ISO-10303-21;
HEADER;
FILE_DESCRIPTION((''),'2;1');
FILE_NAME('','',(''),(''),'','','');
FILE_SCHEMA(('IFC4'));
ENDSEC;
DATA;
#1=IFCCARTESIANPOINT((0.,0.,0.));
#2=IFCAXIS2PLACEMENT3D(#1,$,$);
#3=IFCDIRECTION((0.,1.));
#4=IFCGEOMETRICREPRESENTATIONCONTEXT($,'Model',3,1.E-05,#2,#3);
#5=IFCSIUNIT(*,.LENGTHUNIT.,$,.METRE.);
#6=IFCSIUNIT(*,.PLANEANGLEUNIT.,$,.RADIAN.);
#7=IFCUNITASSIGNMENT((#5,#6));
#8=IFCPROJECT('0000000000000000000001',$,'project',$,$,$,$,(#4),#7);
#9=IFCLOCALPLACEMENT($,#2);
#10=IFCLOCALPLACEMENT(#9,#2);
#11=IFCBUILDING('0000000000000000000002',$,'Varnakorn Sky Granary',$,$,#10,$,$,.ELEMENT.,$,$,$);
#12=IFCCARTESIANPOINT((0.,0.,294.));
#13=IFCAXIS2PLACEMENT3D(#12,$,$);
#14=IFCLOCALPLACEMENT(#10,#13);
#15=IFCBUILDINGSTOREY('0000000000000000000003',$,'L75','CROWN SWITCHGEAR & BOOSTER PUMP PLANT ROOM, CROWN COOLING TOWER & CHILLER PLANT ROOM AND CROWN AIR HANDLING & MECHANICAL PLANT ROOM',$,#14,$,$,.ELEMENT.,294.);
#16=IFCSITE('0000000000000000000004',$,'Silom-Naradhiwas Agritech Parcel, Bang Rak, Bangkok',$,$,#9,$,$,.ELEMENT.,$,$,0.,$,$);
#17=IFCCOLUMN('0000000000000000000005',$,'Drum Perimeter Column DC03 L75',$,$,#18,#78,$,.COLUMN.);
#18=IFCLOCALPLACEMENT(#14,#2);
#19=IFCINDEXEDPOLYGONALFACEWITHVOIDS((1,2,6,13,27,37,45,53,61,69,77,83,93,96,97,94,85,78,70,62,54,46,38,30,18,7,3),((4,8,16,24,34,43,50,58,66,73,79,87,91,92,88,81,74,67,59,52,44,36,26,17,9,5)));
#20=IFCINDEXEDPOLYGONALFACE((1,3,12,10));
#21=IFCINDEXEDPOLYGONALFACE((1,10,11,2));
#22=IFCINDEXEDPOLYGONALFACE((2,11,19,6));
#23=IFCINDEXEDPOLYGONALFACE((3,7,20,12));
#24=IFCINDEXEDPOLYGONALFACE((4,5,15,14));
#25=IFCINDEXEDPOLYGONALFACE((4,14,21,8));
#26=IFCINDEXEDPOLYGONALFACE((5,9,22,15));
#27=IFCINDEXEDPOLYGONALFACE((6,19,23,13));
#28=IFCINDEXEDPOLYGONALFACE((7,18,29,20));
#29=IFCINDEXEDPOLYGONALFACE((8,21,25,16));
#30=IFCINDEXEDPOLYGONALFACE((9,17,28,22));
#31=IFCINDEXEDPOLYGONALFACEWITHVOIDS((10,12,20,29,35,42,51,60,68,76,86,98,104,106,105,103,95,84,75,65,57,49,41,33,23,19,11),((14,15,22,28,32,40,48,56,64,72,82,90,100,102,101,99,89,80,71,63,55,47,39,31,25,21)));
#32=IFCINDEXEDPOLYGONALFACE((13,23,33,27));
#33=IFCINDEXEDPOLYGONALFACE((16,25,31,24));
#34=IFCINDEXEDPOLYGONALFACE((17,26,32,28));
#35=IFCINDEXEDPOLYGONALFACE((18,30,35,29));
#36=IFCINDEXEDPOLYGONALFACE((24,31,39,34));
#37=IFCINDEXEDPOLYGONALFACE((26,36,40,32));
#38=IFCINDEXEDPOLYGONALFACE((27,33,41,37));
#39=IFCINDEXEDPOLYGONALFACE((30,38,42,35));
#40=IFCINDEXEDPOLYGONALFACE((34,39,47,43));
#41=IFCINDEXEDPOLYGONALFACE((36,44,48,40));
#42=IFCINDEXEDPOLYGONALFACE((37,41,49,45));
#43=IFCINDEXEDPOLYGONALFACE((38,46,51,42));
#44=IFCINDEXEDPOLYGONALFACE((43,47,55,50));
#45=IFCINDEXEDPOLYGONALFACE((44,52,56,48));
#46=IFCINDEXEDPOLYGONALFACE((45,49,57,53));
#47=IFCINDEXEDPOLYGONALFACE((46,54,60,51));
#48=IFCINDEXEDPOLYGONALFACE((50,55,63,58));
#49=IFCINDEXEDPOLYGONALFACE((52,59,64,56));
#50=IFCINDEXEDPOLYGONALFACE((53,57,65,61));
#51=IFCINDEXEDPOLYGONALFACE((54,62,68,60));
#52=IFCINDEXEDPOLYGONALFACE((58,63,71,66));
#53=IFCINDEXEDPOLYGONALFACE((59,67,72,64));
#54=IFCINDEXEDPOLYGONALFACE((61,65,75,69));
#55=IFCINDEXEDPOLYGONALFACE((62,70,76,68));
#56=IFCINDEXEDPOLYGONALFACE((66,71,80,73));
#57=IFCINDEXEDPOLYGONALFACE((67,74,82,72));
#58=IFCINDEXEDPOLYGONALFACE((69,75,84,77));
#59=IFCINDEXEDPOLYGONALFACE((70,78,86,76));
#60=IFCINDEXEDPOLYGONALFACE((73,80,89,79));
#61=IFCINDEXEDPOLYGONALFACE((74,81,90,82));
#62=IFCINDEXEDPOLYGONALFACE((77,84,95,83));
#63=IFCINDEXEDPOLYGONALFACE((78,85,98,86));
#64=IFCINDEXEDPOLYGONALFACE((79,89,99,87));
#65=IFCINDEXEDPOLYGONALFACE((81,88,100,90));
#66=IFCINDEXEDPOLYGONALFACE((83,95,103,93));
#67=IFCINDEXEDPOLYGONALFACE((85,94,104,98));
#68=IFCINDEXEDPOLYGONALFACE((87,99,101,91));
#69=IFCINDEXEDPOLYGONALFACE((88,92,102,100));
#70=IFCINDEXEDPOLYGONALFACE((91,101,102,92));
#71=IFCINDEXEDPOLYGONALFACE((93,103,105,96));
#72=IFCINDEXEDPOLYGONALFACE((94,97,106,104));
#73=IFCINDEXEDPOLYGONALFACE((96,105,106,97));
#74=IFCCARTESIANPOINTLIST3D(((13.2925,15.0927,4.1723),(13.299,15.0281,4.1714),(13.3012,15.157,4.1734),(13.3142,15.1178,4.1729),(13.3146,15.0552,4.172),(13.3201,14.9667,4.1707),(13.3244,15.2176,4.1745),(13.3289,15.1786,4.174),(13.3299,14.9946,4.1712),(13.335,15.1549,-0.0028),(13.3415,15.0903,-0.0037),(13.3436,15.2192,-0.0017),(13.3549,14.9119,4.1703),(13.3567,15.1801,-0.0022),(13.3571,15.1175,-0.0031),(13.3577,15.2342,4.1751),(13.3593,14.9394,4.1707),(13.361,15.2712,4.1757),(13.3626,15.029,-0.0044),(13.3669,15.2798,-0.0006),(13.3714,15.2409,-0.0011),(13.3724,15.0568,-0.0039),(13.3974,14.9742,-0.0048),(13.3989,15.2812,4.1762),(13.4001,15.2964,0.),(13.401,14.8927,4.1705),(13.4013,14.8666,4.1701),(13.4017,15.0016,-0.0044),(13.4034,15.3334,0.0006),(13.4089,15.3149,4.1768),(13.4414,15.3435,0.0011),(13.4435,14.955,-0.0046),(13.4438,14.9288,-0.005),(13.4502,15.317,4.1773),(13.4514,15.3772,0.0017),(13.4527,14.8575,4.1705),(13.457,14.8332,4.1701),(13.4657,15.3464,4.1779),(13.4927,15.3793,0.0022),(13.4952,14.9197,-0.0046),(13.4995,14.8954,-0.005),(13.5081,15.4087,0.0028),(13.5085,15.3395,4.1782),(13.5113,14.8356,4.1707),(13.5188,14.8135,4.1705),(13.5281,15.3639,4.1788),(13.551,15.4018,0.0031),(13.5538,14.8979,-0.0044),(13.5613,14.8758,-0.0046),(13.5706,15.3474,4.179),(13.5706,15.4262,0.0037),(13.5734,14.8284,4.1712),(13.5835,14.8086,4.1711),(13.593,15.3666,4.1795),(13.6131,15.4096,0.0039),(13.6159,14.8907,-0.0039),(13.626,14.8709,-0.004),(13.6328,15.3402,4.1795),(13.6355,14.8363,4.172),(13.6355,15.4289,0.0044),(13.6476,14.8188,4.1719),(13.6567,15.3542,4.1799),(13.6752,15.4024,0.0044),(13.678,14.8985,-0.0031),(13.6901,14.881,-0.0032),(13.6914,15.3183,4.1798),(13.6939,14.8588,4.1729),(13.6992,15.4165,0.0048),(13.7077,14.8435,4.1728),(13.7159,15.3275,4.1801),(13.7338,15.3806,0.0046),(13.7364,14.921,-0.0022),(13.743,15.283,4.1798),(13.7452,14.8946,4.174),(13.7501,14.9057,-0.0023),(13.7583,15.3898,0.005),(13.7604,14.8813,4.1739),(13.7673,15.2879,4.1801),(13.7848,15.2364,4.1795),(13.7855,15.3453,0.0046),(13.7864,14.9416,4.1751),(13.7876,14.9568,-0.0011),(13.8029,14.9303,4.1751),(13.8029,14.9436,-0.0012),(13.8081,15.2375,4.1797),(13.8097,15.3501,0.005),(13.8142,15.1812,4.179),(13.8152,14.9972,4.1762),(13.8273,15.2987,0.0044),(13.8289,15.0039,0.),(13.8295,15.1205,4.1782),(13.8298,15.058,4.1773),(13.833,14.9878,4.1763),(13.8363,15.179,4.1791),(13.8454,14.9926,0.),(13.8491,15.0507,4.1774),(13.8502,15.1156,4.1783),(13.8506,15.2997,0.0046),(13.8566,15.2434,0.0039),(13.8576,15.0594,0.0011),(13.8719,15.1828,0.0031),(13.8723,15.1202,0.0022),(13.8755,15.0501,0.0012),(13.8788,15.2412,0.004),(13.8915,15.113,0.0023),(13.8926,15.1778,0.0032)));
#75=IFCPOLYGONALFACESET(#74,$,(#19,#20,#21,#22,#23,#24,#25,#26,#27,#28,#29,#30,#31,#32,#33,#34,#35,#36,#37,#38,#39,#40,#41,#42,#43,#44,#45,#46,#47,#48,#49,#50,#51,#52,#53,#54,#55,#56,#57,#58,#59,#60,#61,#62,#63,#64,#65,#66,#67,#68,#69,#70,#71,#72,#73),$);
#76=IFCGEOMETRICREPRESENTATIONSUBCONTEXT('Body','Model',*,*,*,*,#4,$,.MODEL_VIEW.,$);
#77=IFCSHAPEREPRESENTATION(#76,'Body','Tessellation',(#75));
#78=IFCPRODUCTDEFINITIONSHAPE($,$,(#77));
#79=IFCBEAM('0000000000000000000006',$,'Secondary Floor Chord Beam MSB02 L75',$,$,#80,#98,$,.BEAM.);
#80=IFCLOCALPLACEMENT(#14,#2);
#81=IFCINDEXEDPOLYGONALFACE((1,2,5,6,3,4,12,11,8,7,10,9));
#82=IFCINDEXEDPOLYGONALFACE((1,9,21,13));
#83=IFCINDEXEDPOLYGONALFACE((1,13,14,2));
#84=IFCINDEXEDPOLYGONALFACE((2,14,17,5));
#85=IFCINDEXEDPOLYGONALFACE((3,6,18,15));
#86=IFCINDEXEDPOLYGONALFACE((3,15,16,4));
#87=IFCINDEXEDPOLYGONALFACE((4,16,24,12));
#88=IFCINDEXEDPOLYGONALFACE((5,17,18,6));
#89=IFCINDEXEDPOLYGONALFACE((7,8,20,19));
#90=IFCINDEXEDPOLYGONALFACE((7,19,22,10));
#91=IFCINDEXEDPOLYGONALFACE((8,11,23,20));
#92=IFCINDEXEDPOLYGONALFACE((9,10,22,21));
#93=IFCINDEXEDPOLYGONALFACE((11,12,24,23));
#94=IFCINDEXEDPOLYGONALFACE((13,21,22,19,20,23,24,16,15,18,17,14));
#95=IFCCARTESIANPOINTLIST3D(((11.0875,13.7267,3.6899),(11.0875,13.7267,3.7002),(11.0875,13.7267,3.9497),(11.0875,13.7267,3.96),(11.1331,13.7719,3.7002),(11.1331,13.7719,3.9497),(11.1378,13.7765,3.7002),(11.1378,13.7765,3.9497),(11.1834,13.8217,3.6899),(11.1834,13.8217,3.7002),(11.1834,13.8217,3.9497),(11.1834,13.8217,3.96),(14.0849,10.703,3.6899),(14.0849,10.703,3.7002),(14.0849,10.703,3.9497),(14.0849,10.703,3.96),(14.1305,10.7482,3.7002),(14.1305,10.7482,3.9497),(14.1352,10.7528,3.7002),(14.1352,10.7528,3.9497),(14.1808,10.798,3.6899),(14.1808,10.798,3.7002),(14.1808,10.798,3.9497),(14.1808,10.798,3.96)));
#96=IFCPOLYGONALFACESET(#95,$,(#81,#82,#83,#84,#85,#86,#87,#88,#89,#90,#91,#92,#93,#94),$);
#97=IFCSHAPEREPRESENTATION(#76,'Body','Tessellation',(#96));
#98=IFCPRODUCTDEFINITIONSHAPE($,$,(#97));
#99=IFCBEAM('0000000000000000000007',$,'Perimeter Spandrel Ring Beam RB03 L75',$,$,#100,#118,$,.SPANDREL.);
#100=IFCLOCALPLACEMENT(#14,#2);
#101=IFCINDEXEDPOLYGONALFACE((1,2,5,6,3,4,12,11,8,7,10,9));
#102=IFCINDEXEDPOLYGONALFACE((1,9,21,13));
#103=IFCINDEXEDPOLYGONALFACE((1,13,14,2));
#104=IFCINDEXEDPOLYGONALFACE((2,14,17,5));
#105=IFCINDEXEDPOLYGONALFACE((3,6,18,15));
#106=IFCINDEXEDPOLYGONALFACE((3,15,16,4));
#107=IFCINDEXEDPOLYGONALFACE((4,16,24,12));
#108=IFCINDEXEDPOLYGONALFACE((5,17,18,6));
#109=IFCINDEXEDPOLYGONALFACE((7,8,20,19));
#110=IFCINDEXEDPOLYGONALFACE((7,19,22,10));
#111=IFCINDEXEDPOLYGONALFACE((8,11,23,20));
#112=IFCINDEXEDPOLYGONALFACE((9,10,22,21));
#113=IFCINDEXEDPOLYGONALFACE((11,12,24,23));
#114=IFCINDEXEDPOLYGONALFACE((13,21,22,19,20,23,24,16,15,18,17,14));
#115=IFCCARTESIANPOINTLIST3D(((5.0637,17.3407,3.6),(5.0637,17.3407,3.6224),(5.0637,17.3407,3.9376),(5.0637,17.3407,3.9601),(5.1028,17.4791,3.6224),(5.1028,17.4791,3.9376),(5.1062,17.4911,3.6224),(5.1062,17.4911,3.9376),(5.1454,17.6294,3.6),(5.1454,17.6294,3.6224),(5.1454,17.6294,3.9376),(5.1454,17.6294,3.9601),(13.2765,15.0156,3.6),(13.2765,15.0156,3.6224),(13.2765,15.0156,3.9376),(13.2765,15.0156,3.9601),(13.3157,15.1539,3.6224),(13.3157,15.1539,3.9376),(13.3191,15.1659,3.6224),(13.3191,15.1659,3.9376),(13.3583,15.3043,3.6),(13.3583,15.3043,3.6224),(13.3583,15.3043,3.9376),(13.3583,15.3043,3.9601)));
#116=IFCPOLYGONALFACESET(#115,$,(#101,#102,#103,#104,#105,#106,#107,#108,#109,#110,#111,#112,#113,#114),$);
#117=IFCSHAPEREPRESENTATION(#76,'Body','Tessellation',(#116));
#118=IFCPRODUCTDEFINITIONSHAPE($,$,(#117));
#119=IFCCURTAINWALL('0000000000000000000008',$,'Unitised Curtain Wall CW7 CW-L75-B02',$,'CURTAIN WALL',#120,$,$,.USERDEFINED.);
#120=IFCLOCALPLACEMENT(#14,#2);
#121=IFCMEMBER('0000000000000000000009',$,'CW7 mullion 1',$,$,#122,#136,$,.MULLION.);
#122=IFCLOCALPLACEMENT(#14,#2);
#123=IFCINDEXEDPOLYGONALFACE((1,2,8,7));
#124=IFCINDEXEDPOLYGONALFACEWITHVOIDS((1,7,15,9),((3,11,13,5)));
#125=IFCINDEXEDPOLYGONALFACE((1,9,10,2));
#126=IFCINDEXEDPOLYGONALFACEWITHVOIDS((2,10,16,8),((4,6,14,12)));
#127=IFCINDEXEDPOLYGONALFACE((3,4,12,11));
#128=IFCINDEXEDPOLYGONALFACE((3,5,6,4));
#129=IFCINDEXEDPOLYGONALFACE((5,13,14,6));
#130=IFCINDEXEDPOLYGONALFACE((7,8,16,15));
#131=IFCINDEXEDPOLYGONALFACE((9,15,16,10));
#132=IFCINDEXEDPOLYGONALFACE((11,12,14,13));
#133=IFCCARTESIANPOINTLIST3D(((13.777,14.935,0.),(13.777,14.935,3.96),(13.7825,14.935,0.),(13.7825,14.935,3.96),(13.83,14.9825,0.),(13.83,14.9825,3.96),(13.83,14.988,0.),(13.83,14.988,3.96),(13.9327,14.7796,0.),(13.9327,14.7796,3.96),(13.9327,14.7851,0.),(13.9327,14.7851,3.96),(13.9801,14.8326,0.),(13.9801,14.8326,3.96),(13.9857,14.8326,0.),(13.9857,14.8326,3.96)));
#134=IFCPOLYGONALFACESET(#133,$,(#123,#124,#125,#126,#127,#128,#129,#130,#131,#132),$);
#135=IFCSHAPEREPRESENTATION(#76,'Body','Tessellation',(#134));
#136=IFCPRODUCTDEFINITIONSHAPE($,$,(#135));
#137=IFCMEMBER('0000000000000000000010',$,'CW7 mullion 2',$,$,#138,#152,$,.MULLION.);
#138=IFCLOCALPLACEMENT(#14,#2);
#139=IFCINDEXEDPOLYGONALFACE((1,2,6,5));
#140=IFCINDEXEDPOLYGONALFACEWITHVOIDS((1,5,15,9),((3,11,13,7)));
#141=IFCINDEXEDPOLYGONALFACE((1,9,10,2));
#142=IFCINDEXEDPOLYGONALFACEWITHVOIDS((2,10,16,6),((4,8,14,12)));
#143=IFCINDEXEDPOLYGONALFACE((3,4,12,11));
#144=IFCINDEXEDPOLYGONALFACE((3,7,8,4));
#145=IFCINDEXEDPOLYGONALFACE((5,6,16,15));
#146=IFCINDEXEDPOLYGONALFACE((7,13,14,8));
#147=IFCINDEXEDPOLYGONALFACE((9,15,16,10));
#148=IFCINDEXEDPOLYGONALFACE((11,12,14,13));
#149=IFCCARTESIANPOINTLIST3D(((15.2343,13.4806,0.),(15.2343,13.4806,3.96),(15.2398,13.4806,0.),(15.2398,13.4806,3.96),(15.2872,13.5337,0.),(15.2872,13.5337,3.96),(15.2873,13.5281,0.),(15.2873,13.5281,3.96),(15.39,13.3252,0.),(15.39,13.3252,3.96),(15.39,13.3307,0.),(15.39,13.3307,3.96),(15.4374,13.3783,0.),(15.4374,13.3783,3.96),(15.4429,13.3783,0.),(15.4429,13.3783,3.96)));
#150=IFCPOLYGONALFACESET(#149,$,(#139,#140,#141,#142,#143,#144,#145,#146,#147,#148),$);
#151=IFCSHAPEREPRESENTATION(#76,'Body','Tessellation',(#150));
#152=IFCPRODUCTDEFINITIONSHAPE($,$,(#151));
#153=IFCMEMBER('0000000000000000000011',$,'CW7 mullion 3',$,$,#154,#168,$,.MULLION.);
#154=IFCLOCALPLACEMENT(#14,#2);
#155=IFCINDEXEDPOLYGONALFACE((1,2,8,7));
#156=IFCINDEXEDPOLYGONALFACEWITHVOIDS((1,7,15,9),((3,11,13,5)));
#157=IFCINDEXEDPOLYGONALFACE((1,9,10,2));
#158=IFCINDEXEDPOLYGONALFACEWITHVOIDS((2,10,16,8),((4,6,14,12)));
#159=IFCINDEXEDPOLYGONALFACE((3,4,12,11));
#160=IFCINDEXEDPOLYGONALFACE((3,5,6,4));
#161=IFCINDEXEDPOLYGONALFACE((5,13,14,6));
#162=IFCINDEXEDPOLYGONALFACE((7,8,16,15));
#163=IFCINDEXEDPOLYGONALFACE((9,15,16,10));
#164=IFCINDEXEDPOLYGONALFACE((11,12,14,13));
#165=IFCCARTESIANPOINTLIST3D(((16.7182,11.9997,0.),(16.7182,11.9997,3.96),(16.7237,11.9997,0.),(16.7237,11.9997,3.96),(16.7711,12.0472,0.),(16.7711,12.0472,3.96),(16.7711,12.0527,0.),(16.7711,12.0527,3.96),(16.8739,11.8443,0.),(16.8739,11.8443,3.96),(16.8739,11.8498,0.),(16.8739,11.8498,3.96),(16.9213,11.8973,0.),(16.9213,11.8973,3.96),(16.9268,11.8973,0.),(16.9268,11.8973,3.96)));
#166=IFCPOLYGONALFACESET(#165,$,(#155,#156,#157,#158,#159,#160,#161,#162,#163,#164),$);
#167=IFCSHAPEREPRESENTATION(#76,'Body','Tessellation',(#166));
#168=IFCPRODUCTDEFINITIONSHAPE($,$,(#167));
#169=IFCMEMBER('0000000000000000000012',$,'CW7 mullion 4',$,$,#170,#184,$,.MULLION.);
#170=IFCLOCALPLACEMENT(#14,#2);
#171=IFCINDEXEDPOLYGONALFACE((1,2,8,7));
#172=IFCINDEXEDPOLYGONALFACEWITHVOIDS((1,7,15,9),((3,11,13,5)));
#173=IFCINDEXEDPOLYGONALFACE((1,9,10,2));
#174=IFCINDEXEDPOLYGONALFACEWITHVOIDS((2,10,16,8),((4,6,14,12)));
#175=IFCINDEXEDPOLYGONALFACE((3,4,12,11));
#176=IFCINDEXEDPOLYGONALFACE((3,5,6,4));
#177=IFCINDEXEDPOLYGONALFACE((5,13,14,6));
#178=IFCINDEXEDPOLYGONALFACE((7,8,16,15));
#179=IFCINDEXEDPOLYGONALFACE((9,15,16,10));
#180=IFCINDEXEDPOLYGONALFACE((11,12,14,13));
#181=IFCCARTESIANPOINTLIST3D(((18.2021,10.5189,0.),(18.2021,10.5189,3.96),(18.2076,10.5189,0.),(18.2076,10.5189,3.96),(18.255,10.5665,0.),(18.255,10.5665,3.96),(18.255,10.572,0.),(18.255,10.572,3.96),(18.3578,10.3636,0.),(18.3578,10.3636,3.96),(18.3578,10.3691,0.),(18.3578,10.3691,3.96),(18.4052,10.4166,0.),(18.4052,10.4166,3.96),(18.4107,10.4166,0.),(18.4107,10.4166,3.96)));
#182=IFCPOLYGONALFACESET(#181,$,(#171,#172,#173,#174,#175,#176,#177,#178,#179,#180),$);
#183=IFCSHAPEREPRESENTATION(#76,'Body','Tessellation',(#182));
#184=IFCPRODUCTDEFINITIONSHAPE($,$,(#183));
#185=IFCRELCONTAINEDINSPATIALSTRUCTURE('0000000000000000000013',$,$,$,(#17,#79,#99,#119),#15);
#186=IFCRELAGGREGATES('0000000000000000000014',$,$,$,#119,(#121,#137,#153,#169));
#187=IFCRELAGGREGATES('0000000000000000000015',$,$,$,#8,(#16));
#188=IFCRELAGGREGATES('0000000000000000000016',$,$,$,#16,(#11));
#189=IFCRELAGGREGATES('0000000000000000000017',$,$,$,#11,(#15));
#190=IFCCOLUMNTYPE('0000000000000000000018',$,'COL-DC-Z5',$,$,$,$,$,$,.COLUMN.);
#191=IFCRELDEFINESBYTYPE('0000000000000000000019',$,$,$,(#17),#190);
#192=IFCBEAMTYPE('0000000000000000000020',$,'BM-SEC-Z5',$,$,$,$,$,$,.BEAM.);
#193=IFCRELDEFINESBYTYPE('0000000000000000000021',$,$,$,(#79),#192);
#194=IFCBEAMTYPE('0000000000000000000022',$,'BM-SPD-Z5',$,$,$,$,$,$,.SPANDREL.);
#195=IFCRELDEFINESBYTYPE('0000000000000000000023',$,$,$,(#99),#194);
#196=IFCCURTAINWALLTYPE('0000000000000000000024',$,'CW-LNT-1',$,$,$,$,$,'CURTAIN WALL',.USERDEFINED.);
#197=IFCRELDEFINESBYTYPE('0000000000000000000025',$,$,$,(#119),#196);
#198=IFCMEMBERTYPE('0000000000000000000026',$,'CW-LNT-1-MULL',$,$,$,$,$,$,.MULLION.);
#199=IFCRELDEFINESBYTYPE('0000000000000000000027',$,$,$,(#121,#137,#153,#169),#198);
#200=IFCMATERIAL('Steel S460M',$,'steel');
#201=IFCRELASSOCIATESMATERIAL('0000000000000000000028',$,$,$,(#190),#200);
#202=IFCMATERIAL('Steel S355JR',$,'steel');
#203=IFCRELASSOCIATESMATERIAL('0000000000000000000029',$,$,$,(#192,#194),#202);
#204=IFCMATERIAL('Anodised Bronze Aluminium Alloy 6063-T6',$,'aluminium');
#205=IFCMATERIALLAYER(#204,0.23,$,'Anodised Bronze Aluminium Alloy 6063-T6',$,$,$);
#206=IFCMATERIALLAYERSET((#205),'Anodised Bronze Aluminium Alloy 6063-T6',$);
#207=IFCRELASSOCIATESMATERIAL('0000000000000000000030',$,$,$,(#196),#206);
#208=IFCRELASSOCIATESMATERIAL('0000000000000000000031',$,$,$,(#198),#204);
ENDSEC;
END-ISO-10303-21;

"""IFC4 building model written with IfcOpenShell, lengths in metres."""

from ifc_helpers import new_model, si_unit, direction, frame, origin, origin_2d, place, context, subcontext, project, spatial, hollow_rectangle, hollow_circle, i_section, extrude, material, layer, layer_set, material_profile, profile_set, type_object, element, aggregate, save


model = new_model("IFC4")

# Units and contexts
model_context = context("Model", 3, precision=1e-05, world=origin(), true_north=direction((0.0, 1.0)))
body_context = subcontext(model_context, "Body", "Model", "MODEL_VIEW")
ifc_project = project(units=[si_unit("LENGTHUNIT", "METRE"), si_unit("PLANEANGLEUNIT", "RADIAN")], contexts=[model_context])

# Site, building, storey
site_placement = place(None, origin())
site = spatial("IfcSite", under=ifc_project, at=site_placement, Name="Silom-Naradhiwas Agritech Parcel, Bang Rak, Bangkok", CompositionType="ELEMENT", RefElevation=0.0)
building_placement = place(site_placement, origin())
building = spatial("IfcBuilding", under=site, at=building_placement, Name="Varnakorn Sky Granary", CompositionType="ELEMENT")
storey_placement = place(building_placement, frame((0.0, 0.0, 294.0)))
storey = spatial("IfcBuildingStorey", under=building, at=storey_placement, Name="L75", Description="CROWN SWITCHGEAR & BOOSTER PUMP PLANT ROOM, CROWN COOLING TOWER & CHILLER PLANT ROOM AND CROWN AIR HANDLING & MECHANICAL PLANT ROOM", CompositionType="ELEMENT", Elevation=294.0)

# Column
ifc_material_1 = material(Name="Steel S460M", Category="steel")
ifc_material_profile_1 = material_profile(ifc_material_1, hollow_circle(Radius=0.2795, WallThickness=0.02, at=origin_2d()), Name="CHS 559x20")
ifc_profile_set_1 = profile_set([ifc_material_profile_1], Name="Steel S460M")
column_type = type_object("IfcColumnType", Name="COL-DC-Z5", PredefinedType="COLUMN", material=ifc_profile_set_1)
column_placement = place(storey_placement, frame((13.6145, 15.1501, 0.0), z_axis=(-0.010173, -0.014909, 0.999837), x_axis=(0.826022, -0.563638, 0.0)))
element("IfcColumn", 1, at=column_placement, inside=storey, type_object=column_type, Name="Drum Perimeter Column DC03 L75", PredefinedType="COLUMN", context=body_context, shape_type="SweptSolid", body=[
    extrude(hollow_circle(Radius=0.2795, WallThickness=0.02, at=origin_2d()), origin(), (0.0, 0.0, 1.0), 4.1758),
])

# Beams
ifc_material_2 = material(Name="Steel S355JR", Category="steel")
ifc_material_profile_2 = material_profile(ifc_material_2, i_section(OverallWidth=0.135, OverallDepth=0.27, WebThickness=0.0066, FlangeThickness=0.0103, at=origin_2d()), Name="IPE 270")
ifc_profile_set_2 = profile_set([ifc_material_profile_2], Name="Steel S355JR")
beam_type_1 = type_object("IfcBeamType", Name="BM-SEC-Z5", PredefinedType="BEAM", material=ifc_profile_set_2)
beam_1_placement = place(storey_placement, frame((14.1328, 10.7505, 3.825), z_axis=(-0.704003, 0.710197, 0.0), x_axis=(-0.710197, -0.704003, 0.0)))
element("IfcBeam", 2, at=beam_1_placement, inside=storey, type_object=beam_type_1, Name="Secondary Floor Chord Beam MSB02 L75", PredefinedType="BEAM", context=body_context, shape_type="SweptSolid", body=[
    extrude(i_section(OverallWidth=0.135, OverallDepth=0.27, WebThickness=0.0066, FlangeThickness=0.0103, at=origin_2d()), origin(), (0.0, 0.0, 1.0), 4.2576),
])
ifc_material_profile_3 = material_profile(ifc_material_2, i_section(OverallWidth=0.3, OverallDepth=0.3601, WebThickness=0.0125, FlangeThickness=0.0225, at=origin_2d()), Name="HE 360 B")
ifc_profile_set_3 = profile_set([ifc_material_profile_3], Name="Steel S355JR")
beam_type_2 = type_object("IfcBeamType", Name="BM-SPD-Z5", PredefinedType="SPANDREL", material=ifc_profile_set_3)
beam_2_placement = place(storey_placement, frame((13.3174, 15.1599, 3.78), z_axis=(-0.962182, 0.272408, 0.0), x_axis=(-0.272408, -0.962182, 0.0)))
element("IfcBeam", 3, at=beam_2_placement, inside=storey, type_object=beam_type_2, Name="Perimeter Spandrel Ring Beam RB03 L75", PredefinedType="SPANDREL", context=body_context, shape_type="SweptSolid", body=[
    extrude(i_section(OverallWidth=0.3, OverallDepth=0.3601, WebThickness=0.0125, FlangeThickness=0.0225, at=origin_2d()), origin(), (0.0, 0.0, 1.0), 8.5356),
])

# Curtain wall, members
ifc_material_3 = material(Name="Anodised Bronze Aluminium Alloy 6063-T6", Category="aluminium")
ifc_layer_1 = layer(ifc_material_3, 0.23, Name="Anodised Bronze Aluminium Alloy 6063-T6")
ifc_layer_set_1 = layer_set([ifc_layer_1], Name="Anodised Bronze Aluminium Alloy 6063-T6")
curtain_wall_type = type_object("IfcCurtainWallType", Name="CW-LNT-1", ElementType="CURTAIN WALL", PredefinedType="USERDEFINED", material=ifc_layer_set_1)
curtain_wall_1_placement = place(storey_placement, origin())
curtain_wall_1 = element("IfcCurtainWall", 4, at=curtain_wall_1_placement, inside=storey, type_object=curtain_wall_type, Name="Unitised Curtain Wall CW7 CW-L75-B02", ObjectType="CURTAIN WALL", PredefinedType="USERDEFINED")
ifc_material_profile_4 = material_profile(ifc_material_3, hollow_rectangle(XDim=0.075, YDim=0.22, WallThickness=0.0039, at=origin_2d()), Name="ALU MULL 75x220")
ifc_profile_set_4 = profile_set([ifc_material_profile_4], Name="Anodised Bronze Aluminium Alloy 6063-T6")
member_type_1 = type_object("IfcMemberType", Name="CW-LNT-1-MULL", PredefinedType="MULLION", material=ifc_profile_set_4)
member_1_placement = place(storey_placement, frame((13.8813, 14.8838, 0.0), z_axis=(0.0, 0.0, 1.0), x_axis=(0.706397, 0.707816, 0.0)))
member_1 = element("IfcMember", 5, at=member_1_placement, type_object=member_type_1, Name="CW7 mullion 1", PredefinedType="MULLION", context=body_context, shape_type="SweptSolid", body=[
    extrude(hollow_rectangle(XDim=0.075, YDim=0.22, WallThickness=0.0039, at=origin_2d()), origin(), (0.0, 0.0, 1.0), 3.96),
])
member_2_placement = place(storey_placement, frame((15.3386, 13.4294, 0.0), z_axis=(0.0, 0.0, 1.0), x_axis=(0.706397, 0.707816, 0.0)))
member_2 = element("IfcMember", 6, at=member_2_placement, type_object=member_type_1, Name="CW7 mullion 2", PredefinedType="MULLION", context=body_context, shape_type="SweptSolid", body=[
    extrude(hollow_rectangle(XDim=0.075, YDim=0.22, WallThickness=0.0039, at=origin_2d()), origin(), (0.0, 0.0, 1.0), 3.96),
])
member_3_placement = place(storey_placement, frame((16.8225, 11.9485, 0.0), z_axis=(0.0, 0.0, 1.0), x_axis=(0.706397, 0.707816, 0.0)))
member_3 = element("IfcMember", 7, at=member_3_placement, type_object=member_type_1, Name="CW7 mullion 3", PredefinedType="MULLION", context=body_context, shape_type="SweptSolid", body=[
    extrude(hollow_rectangle(XDim=0.075, YDim=0.22, WallThickness=0.0039, at=origin_2d()), origin(), (0.0, 0.0, 1.0), 3.96),
])
member_4_placement = place(storey_placement, frame((18.3064, 10.4678, 0.0), z_axis=(0.0, 0.0, 1.0), x_axis=(0.706397, 0.707816, 0.0)))
member_4 = element("IfcMember", 8, at=member_4_placement, type_object=member_type_1, Name="CW7 mullion 4", PredefinedType="MULLION", context=body_context, shape_type="SweptSolid", body=[
    extrude(hollow_rectangle(XDim=0.075, YDim=0.22, WallThickness=0.0039, at=origin_2d()), origin(), (0.0, 0.0, 1.0), 3.96),
])

aggregate(curtain_wall_1, [member_1, member_2, member_3, member_4])

save(model, "model.ifc")
